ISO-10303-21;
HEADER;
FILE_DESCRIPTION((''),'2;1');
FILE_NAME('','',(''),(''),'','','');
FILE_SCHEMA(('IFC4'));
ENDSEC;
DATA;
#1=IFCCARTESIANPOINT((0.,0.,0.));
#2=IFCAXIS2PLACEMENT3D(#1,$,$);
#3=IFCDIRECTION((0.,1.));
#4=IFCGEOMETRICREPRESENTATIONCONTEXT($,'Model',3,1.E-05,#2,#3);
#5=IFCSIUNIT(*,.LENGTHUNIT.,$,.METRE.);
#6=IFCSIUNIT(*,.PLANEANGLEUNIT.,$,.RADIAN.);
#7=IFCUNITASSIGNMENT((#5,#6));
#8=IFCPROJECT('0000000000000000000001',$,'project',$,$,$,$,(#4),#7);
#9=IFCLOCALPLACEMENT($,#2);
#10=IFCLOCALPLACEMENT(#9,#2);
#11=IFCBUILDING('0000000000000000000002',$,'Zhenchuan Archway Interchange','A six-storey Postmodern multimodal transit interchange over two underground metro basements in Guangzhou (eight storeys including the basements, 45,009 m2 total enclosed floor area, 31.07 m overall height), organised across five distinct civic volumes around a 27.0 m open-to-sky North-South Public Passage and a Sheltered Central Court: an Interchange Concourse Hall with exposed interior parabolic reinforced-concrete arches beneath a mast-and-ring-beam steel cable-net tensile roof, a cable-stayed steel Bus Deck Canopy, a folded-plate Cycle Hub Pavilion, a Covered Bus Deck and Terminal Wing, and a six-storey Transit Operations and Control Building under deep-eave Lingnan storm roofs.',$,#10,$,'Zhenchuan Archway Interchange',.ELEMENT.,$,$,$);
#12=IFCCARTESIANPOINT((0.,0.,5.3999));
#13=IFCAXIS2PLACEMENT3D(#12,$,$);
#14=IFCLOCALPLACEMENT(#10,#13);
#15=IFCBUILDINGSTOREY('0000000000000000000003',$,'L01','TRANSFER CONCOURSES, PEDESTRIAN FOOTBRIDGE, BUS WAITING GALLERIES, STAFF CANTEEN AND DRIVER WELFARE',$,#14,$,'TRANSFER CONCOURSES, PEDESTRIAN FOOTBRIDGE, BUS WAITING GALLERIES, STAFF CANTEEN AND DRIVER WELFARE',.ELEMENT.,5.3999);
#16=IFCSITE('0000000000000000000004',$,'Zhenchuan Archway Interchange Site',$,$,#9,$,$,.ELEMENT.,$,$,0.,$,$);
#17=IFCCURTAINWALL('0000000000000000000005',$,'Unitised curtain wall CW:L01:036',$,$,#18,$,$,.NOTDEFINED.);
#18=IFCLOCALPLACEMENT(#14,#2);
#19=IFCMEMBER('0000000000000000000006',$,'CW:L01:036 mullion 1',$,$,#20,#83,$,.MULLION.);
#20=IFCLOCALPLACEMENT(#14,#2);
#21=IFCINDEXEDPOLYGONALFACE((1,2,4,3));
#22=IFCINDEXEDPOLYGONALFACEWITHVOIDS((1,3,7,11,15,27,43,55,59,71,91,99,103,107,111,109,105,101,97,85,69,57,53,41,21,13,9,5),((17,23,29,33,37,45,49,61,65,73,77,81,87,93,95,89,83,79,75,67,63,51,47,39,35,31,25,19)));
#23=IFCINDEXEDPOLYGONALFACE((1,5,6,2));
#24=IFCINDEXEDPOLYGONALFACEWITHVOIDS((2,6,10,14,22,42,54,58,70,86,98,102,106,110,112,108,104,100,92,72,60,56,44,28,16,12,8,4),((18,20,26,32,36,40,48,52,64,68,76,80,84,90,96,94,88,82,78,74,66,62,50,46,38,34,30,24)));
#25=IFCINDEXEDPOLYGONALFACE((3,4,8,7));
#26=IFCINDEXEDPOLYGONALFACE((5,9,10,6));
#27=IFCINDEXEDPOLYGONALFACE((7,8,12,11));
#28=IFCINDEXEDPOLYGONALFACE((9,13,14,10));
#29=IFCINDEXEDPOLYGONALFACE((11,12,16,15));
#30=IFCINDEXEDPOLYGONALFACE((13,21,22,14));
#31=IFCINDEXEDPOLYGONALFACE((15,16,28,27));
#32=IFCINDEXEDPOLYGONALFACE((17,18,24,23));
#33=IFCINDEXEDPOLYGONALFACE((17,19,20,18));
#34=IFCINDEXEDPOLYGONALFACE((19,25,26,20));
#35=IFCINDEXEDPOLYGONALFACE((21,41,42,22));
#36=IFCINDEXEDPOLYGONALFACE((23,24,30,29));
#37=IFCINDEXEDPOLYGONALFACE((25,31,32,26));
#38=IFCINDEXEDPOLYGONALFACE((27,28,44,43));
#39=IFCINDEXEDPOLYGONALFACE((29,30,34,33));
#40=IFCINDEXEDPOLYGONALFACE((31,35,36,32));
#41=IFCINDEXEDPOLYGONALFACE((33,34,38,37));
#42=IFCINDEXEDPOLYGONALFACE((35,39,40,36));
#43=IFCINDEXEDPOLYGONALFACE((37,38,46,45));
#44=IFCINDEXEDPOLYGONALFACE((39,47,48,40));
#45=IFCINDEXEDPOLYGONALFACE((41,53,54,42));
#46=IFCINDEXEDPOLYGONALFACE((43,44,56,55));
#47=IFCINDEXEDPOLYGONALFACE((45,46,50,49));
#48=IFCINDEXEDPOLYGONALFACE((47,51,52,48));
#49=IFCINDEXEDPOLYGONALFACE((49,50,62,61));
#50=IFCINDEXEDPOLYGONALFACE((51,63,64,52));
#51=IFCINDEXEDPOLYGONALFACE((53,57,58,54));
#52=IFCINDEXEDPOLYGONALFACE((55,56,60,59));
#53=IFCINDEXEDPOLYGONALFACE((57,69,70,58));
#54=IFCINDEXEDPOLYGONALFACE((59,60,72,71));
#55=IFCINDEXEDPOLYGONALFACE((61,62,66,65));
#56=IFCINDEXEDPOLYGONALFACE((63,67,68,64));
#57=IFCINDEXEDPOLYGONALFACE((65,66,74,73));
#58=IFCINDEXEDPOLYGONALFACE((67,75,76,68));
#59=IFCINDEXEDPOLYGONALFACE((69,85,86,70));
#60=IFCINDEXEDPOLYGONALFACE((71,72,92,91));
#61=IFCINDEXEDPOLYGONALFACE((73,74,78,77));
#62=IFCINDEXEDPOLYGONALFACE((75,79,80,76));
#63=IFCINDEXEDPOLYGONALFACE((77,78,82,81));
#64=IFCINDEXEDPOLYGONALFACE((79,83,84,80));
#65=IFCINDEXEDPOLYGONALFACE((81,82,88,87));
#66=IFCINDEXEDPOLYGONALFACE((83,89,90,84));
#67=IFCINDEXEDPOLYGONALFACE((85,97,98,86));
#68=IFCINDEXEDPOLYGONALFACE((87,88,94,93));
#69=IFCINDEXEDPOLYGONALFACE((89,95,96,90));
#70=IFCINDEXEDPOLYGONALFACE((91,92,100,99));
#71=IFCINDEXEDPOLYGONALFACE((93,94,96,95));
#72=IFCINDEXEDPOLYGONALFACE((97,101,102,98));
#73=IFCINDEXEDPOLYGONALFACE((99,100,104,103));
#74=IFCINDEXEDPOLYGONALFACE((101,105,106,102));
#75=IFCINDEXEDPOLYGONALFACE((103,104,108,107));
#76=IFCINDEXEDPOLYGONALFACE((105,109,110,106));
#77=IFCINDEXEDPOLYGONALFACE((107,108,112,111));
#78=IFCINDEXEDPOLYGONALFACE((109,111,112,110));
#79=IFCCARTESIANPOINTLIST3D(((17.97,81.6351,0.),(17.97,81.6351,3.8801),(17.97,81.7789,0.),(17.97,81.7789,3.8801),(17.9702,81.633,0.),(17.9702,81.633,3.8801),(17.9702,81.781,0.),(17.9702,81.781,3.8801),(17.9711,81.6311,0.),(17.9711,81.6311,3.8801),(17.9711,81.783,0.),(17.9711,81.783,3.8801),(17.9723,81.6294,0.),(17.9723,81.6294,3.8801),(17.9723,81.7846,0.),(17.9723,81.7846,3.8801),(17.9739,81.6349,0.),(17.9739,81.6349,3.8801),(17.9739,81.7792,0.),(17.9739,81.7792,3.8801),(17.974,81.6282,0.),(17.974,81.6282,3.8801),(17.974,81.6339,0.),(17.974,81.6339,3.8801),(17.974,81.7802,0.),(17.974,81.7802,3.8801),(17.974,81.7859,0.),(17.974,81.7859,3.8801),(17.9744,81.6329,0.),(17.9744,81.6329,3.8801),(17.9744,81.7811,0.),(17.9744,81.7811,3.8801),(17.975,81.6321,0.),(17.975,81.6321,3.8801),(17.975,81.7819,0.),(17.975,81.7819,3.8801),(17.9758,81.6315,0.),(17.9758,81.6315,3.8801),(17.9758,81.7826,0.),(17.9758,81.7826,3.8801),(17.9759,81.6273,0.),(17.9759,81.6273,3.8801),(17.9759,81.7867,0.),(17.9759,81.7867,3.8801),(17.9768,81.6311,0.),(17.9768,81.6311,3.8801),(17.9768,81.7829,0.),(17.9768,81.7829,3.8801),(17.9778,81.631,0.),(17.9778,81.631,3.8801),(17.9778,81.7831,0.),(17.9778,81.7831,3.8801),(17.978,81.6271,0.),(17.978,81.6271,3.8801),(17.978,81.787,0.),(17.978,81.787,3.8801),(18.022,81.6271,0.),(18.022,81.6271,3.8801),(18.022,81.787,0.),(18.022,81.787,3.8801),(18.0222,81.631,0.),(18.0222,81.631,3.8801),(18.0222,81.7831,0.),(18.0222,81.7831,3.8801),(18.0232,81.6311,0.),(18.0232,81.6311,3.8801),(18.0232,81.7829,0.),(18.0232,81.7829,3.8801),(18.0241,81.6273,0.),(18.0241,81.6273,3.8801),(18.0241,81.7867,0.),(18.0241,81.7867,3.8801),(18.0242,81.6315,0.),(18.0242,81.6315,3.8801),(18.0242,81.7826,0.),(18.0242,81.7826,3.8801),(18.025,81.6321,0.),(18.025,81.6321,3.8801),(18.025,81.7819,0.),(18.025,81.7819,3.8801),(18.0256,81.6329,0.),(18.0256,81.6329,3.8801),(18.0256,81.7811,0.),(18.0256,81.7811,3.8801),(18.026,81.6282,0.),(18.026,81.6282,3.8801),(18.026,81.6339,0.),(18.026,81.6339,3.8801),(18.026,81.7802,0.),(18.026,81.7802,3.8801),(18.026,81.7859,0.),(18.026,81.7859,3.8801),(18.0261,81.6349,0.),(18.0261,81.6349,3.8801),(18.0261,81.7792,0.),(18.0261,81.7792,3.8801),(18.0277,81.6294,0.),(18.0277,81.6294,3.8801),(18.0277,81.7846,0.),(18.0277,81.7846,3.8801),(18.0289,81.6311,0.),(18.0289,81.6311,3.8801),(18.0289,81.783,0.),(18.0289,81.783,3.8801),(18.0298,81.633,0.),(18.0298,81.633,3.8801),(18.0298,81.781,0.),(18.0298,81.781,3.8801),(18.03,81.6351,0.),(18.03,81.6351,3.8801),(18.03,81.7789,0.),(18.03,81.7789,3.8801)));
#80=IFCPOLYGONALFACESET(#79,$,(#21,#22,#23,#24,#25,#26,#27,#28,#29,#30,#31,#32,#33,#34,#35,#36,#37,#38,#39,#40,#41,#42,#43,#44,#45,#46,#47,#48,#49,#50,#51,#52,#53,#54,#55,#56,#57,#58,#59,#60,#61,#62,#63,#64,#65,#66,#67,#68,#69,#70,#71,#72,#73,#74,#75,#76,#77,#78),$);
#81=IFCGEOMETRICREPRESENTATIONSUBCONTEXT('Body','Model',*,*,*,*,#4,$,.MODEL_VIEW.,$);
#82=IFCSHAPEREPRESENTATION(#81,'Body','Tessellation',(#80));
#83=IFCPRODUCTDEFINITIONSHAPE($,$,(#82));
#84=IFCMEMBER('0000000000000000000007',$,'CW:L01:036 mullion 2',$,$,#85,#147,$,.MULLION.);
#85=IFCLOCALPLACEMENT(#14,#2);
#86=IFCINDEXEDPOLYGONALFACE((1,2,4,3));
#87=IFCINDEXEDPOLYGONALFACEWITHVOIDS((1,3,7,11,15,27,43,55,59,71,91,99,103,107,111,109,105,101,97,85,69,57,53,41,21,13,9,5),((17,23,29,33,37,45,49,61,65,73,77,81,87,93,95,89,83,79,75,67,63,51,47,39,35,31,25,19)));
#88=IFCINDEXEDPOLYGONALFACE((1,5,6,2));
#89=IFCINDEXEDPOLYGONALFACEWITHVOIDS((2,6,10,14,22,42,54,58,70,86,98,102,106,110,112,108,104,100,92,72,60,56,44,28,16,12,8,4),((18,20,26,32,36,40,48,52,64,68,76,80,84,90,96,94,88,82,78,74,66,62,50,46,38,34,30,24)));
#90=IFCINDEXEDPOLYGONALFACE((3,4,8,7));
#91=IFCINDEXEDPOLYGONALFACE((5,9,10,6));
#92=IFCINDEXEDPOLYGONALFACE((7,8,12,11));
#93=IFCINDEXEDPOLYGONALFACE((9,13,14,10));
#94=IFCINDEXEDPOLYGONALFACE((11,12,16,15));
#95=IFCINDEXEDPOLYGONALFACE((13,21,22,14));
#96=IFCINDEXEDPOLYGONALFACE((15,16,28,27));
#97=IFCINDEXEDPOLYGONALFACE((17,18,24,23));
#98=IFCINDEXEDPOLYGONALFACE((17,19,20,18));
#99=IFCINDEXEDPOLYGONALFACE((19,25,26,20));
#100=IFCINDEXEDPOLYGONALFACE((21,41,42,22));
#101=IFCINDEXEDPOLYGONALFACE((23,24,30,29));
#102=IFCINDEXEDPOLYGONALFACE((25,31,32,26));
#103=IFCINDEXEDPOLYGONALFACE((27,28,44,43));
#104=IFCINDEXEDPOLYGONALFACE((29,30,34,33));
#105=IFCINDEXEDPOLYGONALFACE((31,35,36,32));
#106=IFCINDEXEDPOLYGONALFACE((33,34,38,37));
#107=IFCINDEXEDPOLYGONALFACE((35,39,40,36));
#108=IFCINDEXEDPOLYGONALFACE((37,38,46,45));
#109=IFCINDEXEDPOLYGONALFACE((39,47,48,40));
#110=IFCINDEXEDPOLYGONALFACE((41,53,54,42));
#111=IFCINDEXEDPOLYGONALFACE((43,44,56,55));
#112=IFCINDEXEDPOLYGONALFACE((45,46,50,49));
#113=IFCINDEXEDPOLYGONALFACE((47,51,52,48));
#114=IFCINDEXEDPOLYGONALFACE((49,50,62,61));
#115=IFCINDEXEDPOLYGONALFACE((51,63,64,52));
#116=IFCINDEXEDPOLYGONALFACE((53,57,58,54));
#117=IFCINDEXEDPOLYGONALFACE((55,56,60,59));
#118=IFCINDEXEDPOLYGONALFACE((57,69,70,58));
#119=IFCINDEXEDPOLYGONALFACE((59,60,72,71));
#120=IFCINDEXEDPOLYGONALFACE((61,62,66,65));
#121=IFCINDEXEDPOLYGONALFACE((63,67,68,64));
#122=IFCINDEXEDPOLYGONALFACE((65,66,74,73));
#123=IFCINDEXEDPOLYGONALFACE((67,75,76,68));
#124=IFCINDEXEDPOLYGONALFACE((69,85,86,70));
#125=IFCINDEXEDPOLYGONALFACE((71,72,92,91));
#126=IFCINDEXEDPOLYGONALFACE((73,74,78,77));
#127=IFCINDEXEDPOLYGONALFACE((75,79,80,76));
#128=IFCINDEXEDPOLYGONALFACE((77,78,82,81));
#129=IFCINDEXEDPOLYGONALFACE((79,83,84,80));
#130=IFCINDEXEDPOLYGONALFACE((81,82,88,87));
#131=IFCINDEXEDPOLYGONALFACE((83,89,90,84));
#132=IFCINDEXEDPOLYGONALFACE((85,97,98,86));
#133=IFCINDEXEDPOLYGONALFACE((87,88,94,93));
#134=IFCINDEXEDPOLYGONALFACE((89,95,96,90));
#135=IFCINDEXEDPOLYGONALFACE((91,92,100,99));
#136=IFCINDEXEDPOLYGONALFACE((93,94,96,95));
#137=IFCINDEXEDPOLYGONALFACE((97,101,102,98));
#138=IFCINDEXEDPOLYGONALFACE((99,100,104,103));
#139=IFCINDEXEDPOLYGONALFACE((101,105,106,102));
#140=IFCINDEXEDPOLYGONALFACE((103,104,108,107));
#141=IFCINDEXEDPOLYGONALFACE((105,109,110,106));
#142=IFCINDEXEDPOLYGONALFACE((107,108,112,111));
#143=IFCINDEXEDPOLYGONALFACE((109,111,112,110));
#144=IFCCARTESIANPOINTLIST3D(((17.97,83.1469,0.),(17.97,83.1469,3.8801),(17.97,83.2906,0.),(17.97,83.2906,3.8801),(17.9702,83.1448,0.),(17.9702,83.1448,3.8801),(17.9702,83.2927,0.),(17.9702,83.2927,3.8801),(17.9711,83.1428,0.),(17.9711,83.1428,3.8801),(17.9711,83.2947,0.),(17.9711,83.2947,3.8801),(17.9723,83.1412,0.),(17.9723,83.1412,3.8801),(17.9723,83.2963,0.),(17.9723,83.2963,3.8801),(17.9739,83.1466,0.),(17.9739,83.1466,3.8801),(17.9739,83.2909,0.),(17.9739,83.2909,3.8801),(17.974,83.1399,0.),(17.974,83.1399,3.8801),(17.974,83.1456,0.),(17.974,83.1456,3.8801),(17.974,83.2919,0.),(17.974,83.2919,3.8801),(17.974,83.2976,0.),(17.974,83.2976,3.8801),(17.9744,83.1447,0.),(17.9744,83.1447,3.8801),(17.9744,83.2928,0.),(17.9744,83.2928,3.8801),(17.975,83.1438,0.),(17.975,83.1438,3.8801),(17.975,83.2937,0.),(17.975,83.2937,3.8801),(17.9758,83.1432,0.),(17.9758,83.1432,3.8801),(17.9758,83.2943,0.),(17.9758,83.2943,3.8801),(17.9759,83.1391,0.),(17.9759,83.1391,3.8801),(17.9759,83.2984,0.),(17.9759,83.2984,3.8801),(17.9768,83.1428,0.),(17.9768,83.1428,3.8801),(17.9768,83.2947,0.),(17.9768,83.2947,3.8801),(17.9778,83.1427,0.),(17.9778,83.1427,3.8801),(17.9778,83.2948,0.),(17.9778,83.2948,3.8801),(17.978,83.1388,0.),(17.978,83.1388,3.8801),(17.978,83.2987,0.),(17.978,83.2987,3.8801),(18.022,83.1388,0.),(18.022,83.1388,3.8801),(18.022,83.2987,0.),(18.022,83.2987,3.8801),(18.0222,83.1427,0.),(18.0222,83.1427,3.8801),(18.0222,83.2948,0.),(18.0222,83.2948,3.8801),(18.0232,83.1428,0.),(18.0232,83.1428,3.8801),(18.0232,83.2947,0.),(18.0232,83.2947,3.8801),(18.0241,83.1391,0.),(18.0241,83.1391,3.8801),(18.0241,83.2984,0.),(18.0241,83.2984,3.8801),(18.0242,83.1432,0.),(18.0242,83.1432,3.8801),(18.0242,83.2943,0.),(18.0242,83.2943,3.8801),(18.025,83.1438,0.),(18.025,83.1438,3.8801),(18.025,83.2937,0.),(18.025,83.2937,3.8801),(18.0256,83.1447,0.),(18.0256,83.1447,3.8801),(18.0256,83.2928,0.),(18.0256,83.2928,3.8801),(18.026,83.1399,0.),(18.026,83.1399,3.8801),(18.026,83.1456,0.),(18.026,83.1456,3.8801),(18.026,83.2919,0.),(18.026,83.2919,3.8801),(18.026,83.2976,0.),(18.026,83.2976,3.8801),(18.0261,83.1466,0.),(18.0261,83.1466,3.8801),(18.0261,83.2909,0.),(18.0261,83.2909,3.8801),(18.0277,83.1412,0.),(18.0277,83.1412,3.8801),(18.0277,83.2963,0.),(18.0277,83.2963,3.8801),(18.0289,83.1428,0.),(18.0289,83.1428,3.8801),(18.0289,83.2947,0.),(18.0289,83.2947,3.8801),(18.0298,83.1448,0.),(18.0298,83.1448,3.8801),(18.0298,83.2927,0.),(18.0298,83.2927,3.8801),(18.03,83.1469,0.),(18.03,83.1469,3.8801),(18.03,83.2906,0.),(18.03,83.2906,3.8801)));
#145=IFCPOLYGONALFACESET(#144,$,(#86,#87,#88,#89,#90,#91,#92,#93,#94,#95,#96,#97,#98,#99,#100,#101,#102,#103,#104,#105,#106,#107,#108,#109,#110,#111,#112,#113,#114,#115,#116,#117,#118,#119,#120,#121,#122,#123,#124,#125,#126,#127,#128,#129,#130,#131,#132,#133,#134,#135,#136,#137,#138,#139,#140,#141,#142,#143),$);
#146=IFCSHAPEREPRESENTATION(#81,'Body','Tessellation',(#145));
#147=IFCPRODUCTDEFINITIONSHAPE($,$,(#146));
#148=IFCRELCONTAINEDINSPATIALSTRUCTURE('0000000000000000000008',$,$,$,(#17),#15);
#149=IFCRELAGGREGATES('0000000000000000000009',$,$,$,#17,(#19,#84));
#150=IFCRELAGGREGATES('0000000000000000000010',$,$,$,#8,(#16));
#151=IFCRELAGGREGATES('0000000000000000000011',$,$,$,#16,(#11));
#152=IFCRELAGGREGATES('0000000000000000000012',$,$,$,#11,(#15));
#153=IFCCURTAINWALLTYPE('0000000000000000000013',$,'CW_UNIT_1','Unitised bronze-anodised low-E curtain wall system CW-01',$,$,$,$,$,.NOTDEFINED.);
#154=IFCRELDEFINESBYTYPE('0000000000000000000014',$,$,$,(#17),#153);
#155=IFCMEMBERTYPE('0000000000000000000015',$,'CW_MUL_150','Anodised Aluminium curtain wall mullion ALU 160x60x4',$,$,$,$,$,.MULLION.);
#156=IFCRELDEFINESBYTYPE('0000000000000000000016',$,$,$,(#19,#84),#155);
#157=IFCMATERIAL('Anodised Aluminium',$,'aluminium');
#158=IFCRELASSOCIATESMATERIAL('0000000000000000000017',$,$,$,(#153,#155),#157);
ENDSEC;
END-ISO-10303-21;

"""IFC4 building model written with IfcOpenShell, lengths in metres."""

from ifc_helpers import new_model, si_unit, direction, frame, origin, origin_2d, place, context, subcontext, project, spatial, hollow_rectangle, extrude, material, material_profile, profile_set, type_object, element, aggregate, save


model = new_model("IFC4")

# Units and contexts
model_context = context("Model", 3, precision=1e-05, world=origin(), true_north=direction((0.0, 1.0)))
body_context = subcontext(model_context, "Body", "Model", "MODEL_VIEW")
ifc_project = project(units=[si_unit("LENGTHUNIT", "METRE"), si_unit("PLANEANGLEUNIT", "RADIAN")], contexts=[model_context])

# Site, building, storey
site_placement = place(None, origin())
site = spatial("IfcSite", under=ifc_project, at=site_placement, Name="Zhenchuan Archway Interchange Site", CompositionType="ELEMENT", RefElevation=0.0)
building_placement = place(site_placement, origin())
building = spatial("IfcBuilding", under=site, at=building_placement, Name="Zhenchuan Archway Interchange", Description="A six-storey Postmodern multimodal transit interchange over two underground metro basements in Guangzhou (eight storeys including the basements, 45,009 m2 total enclosed floor area, 31.07 m overall height), organised across five distinct civic volumes around a 27.0 m open-to-sky North-South Public Passage and a Sheltered Central Court: an Interchange Concourse Hall with exposed interior parabolic reinforced-concrete arches beneath a mast-and-ring-beam steel cable-net tensile roof, a cable-stayed steel Bus Deck Canopy, a folded-plate Cycle Hub Pavilion, a Covered Bus Deck and Terminal Wing, and a six-storey Transit Operations and Control Building under deep-eave Lingnan storm roofs.", LongName="Zhenchuan Archway Interchange", CompositionType="ELEMENT")
storey_placement = place(building_placement, frame((0.0, 0.0, 5.3999)))
storey = spatial("IfcBuildingStorey", under=building, at=storey_placement, Name="L01", Description="TRANSFER CONCOURSES, PEDESTRIAN FOOTBRIDGE, BUS WAITING GALLERIES, STAFF CANTEEN AND DRIVER WELFARE", LongName="TRANSFER CONCOURSES, PEDESTRIAN FOOTBRIDGE, BUS WAITING GALLERIES, STAFF CANTEEN AND DRIVER WELFARE", CompositionType="ELEMENT", Elevation=5.3999)

# Curtain wall, members
ifc_material_1 = material(Name="Anodised Aluminium", Category="aluminium")
curtain_wall_type = type_object("IfcCurtainWallType", Name="CW_UNIT_1", Description="Unitised bronze-anodised low-E curtain wall system CW-01", PredefinedType="NOTDEFINED", material=ifc_material_1)
curtain_wall_placement = place(storey_placement, origin())
curtain_wall = element("IfcCurtainWall", 1, at=curtain_wall_placement, inside=storey, type_object=curtain_wall_type, Name="Unitised curtain wall CW:L01:036", PredefinedType="NOTDEFINED")
ifc_material_profile_1 = material_profile(ifc_material_1, hollow_rectangle(XDim=0.0601, YDim=0.1599, WallThickness=0.0039, InnerFilletRadius=0.0039, OuterFilletRadius=0.0081, at=origin_2d()), Name="ALU 160x60x4")
ifc_profile_set_1 = profile_set([ifc_material_profile_1], Name="Anodised Aluminium")
member_type_1 = type_object("IfcMemberType", Name="CW_MUL_150", Description="Anodised Aluminium curtain wall mullion ALU 160x60x4", PredefinedType="MULLION", material=ifc_profile_set_1)
member_1_placement = place(storey_placement, frame((18.0, 81.707, 0.0), z_axis=(0.0, 0.0, 1.0), x_axis=(1.0, 0.0, 0.0)))
member_1 = element("IfcMember", 2, at=member_1_placement, type_object=member_type_1, Name="CW:L01:036 mullion 1", PredefinedType="MULLION", context=body_context, shape_type="SweptSolid", body=[
    extrude(hollow_rectangle(XDim=0.0601, YDim=0.1599, WallThickness=0.0039, InnerFilletRadius=0.0039, OuterFilletRadius=0.0081, at=origin_2d()), origin(), (0.0, 0.0, 1.0), 3.8801),
])
member_2_placement = place(storey_placement, frame((18.0, 83.2188, 0.0), z_axis=(0.0, 0.0, 1.0), x_axis=(1.0, 0.0, 0.0)))
member_2 = element("IfcMember", 3, at=member_2_placement, type_object=member_type_1, Name="CW:L01:036 mullion 2", PredefinedType="MULLION", context=body_context, shape_type="SweptSolid", body=[
    extrude(hollow_rectangle(XDim=0.0601, YDim=0.1599, WallThickness=0.0039, InnerFilletRadius=0.0039, OuterFilletRadius=0.0081, at=origin_2d()), origin(), (0.0, 0.0, 1.0), 3.8801),
])
aggregate(curtain_wall, [member_1, member_2])

save(model, "model.ifc")
